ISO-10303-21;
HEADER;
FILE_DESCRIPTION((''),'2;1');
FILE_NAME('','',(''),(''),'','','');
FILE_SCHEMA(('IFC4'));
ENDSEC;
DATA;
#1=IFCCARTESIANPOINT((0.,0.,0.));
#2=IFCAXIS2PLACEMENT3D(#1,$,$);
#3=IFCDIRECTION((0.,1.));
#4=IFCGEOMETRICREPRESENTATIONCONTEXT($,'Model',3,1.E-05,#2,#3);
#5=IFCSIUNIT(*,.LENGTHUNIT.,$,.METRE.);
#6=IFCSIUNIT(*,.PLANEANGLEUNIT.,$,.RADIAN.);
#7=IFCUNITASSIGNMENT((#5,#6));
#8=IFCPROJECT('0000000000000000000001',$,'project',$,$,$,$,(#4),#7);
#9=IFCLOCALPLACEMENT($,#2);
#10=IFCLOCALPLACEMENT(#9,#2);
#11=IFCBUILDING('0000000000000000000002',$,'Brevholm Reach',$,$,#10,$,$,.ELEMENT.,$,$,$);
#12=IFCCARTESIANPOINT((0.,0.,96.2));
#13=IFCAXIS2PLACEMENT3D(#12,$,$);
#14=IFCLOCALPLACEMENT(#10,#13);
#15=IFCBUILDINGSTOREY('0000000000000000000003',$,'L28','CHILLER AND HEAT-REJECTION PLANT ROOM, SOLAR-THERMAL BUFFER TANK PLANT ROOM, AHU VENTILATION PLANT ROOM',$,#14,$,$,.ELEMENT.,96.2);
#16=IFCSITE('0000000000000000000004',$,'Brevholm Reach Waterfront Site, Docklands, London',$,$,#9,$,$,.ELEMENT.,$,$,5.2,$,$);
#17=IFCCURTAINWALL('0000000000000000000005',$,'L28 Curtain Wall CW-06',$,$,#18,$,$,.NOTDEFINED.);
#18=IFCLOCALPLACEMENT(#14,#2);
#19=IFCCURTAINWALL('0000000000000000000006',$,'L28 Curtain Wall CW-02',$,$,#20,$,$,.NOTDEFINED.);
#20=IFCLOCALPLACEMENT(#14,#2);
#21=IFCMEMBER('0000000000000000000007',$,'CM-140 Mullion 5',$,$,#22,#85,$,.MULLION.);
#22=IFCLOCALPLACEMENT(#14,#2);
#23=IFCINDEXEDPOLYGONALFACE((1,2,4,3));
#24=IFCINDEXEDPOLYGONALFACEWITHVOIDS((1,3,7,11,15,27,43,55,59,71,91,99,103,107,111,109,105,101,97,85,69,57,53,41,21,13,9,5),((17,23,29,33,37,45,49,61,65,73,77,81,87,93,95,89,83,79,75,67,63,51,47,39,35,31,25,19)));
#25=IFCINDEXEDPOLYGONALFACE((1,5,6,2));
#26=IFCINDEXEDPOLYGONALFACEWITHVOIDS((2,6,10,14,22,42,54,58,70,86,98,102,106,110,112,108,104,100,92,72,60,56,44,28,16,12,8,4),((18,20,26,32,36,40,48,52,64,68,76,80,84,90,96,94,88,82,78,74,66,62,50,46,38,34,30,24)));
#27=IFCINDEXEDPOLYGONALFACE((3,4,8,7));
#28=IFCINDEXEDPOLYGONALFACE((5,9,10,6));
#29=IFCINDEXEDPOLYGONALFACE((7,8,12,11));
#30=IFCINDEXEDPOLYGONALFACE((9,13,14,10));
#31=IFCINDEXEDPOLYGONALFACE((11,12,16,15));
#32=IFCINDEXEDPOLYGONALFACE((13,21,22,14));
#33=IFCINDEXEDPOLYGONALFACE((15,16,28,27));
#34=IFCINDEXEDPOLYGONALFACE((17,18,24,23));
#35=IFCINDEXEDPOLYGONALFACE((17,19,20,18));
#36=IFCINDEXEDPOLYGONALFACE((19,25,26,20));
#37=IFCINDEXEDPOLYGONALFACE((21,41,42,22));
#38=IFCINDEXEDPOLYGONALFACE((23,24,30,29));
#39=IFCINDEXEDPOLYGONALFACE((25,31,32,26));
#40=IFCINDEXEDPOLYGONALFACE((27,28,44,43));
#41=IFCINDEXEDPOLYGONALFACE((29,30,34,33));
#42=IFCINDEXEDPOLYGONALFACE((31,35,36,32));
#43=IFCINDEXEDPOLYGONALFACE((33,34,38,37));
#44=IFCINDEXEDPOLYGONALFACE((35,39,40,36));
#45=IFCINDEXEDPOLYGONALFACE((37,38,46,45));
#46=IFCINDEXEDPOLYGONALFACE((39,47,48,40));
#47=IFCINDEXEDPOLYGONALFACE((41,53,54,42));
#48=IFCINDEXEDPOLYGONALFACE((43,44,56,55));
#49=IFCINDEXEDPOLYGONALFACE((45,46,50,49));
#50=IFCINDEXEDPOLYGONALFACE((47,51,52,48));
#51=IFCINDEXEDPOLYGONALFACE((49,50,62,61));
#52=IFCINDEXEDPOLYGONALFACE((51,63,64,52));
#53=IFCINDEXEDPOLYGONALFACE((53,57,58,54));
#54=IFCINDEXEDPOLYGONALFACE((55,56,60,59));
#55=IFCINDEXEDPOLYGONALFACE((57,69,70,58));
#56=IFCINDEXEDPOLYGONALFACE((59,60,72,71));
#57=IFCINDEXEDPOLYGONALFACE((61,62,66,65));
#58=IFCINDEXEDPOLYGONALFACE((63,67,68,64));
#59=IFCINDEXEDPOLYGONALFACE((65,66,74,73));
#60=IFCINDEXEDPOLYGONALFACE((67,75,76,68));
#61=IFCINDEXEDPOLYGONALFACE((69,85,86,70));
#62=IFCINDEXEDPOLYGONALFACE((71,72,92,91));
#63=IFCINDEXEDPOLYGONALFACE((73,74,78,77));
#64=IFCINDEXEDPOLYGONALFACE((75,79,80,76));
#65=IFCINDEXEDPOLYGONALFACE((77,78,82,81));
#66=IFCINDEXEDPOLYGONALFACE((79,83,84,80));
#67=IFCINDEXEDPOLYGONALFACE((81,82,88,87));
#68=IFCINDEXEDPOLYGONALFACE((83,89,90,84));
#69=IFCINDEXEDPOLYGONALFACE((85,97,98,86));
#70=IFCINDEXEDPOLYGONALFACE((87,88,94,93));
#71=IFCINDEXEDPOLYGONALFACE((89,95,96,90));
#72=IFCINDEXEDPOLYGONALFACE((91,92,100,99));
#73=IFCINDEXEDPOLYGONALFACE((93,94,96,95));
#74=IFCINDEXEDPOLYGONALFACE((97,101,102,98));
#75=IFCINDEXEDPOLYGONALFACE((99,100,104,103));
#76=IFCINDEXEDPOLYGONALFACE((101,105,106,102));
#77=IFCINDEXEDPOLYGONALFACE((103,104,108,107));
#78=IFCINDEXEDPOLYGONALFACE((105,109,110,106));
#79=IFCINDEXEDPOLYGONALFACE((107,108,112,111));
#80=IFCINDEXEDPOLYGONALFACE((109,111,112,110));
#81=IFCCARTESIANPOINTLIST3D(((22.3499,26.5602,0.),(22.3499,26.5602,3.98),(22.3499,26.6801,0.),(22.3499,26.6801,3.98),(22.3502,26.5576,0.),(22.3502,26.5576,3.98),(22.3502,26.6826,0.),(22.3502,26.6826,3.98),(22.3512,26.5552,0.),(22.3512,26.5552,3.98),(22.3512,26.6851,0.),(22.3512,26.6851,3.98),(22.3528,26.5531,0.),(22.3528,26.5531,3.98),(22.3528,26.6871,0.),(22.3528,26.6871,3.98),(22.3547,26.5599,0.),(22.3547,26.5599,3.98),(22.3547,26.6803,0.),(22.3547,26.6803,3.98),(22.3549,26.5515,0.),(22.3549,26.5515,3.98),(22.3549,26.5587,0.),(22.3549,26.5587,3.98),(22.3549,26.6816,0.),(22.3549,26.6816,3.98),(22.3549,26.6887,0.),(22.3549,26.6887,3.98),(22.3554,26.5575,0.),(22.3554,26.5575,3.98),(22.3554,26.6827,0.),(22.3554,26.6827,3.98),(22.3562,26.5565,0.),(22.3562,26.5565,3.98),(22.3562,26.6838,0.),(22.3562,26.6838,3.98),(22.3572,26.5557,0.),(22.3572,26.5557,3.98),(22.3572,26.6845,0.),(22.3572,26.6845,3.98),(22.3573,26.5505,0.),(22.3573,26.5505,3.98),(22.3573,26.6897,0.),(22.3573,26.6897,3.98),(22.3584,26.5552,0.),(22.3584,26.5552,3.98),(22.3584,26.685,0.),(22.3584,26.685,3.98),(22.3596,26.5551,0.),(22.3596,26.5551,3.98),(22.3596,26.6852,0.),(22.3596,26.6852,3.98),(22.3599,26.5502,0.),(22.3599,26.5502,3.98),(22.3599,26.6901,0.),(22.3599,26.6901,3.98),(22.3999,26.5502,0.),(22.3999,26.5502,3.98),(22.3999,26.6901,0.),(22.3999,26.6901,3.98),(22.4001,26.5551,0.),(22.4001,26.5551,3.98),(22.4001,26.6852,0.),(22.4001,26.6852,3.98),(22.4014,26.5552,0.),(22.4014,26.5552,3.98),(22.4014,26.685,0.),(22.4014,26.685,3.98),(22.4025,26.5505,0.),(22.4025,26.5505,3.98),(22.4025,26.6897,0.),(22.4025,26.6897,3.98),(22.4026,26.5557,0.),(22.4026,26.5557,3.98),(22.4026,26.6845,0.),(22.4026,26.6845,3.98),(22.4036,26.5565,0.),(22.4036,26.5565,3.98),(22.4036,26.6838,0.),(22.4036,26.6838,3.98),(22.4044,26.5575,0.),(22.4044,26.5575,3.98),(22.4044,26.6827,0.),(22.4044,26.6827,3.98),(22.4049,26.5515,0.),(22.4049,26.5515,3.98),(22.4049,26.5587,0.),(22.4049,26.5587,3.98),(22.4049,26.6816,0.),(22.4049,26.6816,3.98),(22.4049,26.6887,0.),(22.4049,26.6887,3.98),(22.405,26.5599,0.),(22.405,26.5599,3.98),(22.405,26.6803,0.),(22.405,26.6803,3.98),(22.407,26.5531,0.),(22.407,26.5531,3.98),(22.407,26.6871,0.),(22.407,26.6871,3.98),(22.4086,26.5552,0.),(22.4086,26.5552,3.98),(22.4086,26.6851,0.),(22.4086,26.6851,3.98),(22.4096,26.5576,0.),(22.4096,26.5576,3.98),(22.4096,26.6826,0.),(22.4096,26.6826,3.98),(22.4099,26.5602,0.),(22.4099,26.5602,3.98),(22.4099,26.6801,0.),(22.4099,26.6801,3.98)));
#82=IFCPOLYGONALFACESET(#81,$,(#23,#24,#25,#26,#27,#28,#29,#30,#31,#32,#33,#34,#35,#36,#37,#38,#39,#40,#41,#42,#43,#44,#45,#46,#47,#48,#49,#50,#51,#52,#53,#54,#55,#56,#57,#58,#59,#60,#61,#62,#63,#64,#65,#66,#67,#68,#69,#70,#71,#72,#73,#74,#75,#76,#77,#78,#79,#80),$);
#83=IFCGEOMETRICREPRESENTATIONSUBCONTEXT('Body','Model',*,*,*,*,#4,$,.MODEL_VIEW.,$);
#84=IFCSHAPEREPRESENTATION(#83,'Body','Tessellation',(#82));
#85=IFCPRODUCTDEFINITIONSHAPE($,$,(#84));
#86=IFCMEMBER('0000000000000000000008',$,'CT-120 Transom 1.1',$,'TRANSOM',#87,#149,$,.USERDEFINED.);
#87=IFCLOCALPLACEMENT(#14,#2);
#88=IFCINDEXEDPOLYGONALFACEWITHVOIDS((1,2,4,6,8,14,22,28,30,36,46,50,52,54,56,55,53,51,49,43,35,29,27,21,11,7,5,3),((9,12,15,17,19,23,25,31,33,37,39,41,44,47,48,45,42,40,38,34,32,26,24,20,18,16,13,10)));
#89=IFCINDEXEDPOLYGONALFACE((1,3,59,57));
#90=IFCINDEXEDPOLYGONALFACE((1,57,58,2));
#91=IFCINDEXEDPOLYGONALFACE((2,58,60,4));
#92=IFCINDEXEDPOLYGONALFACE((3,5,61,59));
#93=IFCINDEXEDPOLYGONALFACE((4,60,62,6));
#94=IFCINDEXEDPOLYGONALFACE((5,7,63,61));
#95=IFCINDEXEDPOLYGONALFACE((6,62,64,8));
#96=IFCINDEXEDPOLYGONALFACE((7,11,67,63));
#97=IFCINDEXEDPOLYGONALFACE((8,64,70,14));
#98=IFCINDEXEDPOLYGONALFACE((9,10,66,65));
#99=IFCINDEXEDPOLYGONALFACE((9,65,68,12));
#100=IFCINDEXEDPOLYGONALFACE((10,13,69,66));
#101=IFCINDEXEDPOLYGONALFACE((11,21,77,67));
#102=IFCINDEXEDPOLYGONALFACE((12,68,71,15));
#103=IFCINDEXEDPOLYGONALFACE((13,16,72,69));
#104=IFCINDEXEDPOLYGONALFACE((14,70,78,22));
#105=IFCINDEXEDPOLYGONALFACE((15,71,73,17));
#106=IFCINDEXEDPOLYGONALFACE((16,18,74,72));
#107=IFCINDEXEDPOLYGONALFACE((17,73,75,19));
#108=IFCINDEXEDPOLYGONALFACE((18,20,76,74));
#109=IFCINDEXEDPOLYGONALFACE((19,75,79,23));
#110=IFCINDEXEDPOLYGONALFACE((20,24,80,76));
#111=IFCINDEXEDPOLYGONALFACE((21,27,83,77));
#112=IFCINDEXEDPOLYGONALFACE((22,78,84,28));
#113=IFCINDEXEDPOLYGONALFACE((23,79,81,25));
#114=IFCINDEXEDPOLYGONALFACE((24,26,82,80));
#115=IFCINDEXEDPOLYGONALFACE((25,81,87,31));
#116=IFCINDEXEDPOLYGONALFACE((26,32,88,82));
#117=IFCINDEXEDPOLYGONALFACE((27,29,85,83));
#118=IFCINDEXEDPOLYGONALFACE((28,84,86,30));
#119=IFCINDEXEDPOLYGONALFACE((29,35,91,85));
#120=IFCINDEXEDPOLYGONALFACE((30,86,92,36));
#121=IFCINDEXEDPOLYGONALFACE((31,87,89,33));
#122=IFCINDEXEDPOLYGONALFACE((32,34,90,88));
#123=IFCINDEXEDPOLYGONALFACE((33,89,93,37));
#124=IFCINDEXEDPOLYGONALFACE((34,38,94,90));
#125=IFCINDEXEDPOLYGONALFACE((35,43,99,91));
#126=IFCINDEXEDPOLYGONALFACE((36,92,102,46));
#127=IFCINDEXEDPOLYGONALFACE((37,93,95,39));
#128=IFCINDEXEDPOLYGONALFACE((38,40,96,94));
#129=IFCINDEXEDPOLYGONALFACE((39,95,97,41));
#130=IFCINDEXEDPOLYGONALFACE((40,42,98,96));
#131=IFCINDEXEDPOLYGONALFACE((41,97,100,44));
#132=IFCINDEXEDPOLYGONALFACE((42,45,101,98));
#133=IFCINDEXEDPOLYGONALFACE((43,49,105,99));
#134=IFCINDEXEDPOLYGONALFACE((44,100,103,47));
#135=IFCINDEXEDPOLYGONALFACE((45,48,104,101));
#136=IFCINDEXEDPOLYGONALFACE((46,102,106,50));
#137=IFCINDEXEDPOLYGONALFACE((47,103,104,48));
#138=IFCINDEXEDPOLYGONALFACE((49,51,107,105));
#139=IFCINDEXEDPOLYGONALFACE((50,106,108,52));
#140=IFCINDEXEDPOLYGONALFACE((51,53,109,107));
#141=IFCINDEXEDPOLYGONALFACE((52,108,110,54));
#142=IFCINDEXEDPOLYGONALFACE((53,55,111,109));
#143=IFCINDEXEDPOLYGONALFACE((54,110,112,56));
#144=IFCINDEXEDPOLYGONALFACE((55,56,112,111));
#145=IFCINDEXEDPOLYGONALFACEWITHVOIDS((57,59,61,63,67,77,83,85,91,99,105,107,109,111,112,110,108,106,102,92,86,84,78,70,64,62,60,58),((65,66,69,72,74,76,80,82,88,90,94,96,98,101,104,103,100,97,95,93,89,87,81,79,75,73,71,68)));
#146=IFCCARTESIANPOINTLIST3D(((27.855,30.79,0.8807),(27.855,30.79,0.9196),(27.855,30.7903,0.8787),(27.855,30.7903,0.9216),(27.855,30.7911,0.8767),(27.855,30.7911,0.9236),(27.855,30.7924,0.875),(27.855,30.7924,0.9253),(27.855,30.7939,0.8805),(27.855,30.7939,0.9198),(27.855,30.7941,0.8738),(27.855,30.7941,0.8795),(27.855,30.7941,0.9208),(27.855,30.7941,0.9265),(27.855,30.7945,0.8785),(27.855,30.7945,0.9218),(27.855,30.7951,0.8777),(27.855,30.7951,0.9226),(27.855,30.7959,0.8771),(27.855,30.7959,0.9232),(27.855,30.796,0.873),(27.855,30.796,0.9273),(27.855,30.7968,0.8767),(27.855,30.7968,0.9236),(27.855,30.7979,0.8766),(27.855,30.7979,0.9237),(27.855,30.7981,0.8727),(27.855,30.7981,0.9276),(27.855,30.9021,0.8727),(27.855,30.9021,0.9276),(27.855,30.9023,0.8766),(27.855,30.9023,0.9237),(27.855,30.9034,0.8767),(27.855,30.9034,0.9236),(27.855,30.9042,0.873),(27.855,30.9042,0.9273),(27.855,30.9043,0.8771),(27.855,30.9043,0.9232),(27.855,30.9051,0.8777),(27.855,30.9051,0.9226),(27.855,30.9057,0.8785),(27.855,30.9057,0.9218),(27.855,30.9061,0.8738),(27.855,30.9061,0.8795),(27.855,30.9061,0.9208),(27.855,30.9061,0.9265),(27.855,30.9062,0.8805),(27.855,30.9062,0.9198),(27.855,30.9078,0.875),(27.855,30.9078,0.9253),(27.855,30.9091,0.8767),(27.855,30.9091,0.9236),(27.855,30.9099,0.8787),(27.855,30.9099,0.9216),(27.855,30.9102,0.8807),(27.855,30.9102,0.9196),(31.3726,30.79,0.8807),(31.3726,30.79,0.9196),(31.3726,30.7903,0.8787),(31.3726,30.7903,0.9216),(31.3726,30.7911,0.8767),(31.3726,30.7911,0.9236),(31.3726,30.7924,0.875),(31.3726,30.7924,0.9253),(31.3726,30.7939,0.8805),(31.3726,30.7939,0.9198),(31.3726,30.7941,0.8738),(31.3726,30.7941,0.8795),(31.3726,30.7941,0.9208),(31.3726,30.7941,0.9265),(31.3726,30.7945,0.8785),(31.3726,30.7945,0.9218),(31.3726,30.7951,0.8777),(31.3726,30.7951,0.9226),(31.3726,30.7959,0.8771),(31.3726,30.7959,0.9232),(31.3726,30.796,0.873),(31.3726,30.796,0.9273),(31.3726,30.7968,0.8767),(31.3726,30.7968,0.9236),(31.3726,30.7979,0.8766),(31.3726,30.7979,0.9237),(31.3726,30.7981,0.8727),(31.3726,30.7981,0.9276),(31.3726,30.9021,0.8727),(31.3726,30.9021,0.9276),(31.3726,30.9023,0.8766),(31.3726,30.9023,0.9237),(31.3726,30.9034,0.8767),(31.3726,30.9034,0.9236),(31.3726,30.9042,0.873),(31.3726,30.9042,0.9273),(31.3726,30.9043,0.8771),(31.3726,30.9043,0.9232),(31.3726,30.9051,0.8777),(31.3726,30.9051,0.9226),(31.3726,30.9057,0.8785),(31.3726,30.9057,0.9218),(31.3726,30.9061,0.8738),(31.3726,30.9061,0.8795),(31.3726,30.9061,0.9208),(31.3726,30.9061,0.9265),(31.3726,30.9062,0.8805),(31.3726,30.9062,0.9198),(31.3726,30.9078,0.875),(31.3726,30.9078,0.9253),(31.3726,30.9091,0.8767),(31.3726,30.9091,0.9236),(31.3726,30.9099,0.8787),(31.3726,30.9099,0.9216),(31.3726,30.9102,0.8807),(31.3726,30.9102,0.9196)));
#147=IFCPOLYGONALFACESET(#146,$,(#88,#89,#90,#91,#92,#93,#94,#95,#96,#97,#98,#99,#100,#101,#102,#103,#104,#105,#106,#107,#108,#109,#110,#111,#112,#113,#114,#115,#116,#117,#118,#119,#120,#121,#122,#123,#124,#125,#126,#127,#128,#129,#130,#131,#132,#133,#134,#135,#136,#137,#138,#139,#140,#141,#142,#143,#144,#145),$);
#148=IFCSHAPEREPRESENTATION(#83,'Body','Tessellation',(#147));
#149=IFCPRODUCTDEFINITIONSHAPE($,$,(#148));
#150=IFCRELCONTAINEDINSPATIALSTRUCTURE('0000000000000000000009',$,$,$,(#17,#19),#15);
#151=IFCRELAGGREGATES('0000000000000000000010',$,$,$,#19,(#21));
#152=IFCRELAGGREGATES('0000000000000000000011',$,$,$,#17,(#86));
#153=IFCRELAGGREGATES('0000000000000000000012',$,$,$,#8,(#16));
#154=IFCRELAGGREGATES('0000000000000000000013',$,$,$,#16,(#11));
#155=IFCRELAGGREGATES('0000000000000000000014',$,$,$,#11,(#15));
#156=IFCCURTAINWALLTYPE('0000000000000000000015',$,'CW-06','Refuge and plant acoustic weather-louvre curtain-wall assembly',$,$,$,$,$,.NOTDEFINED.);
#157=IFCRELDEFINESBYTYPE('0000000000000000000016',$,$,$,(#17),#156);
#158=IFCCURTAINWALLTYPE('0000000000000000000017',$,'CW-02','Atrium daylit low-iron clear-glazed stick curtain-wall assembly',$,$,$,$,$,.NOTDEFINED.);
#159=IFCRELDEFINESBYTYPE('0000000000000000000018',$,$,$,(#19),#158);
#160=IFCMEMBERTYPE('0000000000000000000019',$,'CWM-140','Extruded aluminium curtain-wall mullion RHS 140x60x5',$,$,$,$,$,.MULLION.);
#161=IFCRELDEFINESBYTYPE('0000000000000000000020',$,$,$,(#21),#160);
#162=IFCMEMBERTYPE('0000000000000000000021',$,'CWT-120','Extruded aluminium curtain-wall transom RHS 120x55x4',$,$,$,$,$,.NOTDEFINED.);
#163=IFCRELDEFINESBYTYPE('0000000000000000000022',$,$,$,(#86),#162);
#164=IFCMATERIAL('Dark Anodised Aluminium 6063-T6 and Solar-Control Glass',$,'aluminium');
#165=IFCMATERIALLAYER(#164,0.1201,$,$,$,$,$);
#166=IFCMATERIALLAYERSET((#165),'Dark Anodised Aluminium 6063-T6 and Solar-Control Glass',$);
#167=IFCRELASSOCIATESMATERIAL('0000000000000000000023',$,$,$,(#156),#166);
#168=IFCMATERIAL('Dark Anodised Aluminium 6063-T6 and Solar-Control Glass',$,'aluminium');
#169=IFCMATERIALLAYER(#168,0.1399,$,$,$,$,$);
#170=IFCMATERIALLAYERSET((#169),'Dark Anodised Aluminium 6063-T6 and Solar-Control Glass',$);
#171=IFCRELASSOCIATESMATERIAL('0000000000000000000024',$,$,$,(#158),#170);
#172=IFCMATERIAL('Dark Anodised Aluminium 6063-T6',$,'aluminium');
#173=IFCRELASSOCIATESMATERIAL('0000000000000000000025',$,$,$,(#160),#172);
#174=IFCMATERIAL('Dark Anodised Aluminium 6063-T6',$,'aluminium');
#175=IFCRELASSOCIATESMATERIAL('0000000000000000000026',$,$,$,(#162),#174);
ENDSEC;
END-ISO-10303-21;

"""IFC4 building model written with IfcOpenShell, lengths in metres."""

from ifc_helpers import new_model, si_unit, direction, frame, origin, origin_2d, place, context, subcontext, project, spatial, hollow_rectangle, extrude, material, layer, layer_set, material_profile, profile_set, type_object, element, aggregate, save


model = new_model("IFC4")

# Units and contexts
model_context = context("Model", 3, precision=1e-05, world=origin(), true_north=direction((0.0, 1.0)))
body_context = subcontext(model_context, "Body", "Model", "MODEL_VIEW")
ifc_project = project(units=[si_unit("LENGTHUNIT", "METRE"), si_unit("PLANEANGLEUNIT", "RADIAN")], contexts=[model_context])

# Site, building, storey
site_placement = place(None, origin())
site = spatial("IfcSite", under=ifc_project, at=site_placement, Name="Brevholm Reach Waterfront Site, Docklands, London", CompositionType="ELEMENT", RefElevation=5.2)
building_placement = place(site_placement, origin())
building = spatial("IfcBuilding", under=site, at=building_placement, Name="Brevholm Reach", CompositionType="ELEMENT")
storey_placement = place(building_placement, frame((0.0, 0.0, 96.2)))
storey = spatial("IfcBuildingStorey", under=building, at=storey_placement, Name="L28", Description="CHILLER AND HEAT-REJECTION PLANT ROOM, SOLAR-THERMAL BUFFER TANK PLANT ROOM, AHU VENTILATION PLANT ROOM", CompositionType="ELEMENT", Elevation=96.2)

# Curtain wall
ifc_material_1 = material(Name="Dark Anodised Aluminium 6063-T6 and Solar-Control Glass", Category="aluminium")
ifc_layer_1 = layer(ifc_material_1, 0.1201)
ifc_layer_set_1 = layer_set([ifc_layer_1], Name="Dark Anodised Aluminium 6063-T6 and Solar-Control Glass")
curtain_wall_type_1 = type_object("IfcCurtainWallType", Name="CW-06", Description="Refuge and plant acoustic weather-louvre curtain-wall assembly", PredefinedType="NOTDEFINED", material=ifc_layer_set_1)
curtain_wall_1_placement = place(storey_placement, origin())
curtain_wall_1 = element("IfcCurtainWall", 1, at=curtain_wall_1_placement, inside=storey, type_object=curtain_wall_type_1, Name="L28 Curtain Wall CW-06", PredefinedType="NOTDEFINED")

# Curtain wall, member
ifc_material_2 = material(Name="Dark Anodised Aluminium 6063-T6 and Solar-Control Glass", Category="aluminium")
ifc_layer_2 = layer(ifc_material_2, 0.1399)
ifc_layer_set_2 = layer_set([ifc_layer_2], Name="Dark Anodised Aluminium 6063-T6 and Solar-Control Glass")
curtain_wall_type_2 = type_object("IfcCurtainWallType", Name="CW-02", Description="Atrium daylit low-iron clear-glazed stick curtain-wall assembly", PredefinedType="NOTDEFINED", material=ifc_layer_set_2)
curtain_wall_2_placement = place(storey_placement, origin())
curtain_wall_2 = element("IfcCurtainWall", 2, at=curtain_wall_2_placement, inside=storey, type_object=curtain_wall_type_2, Name="L28 Curtain Wall CW-02", PredefinedType="NOTDEFINED")
ifc_material_3 = material(Name="Dark Anodised Aluminium 6063-T6", Category="aluminium")
ifc_material_profile_1 = material_profile(ifc_material_3, hollow_rectangle(XDim=0.0601, YDim=0.1399, WallThickness=0.0049, InnerFilletRadius=0.0049, OuterFilletRadius=0.01, at=origin_2d()), Name="RHS 140x60x5")
ifc_profile_set_1 = profile_set([ifc_material_profile_1], Name="Dark Anodised Aluminium 6063-T6")
member_type_1 = type_object("IfcMemberType", Name="CWM-140", Description="Extruded aluminium curtain-wall mullion RHS 140x60x5", PredefinedType="MULLION", material=ifc_profile_set_1)
member_1_placement = place(storey_placement, frame((22.3799, 26.6201, 0.0), z_axis=(0.0, 0.0, 1.0), x_axis=(-1.0, 0.0, 0.0)))
member_1 = element("IfcMember", 3, at=member_1_placement, type_object=member_type_1, Name="CM-140 Mullion 5", PredefinedType="MULLION", context=body_context, shape_type="SweptSolid", body=[
    extrude(hollow_rectangle(XDim=0.0601, YDim=0.1399, WallThickness=0.0049, InnerFilletRadius=0.0049, OuterFilletRadius=0.01, at=origin_2d()), origin(), (0.0, 0.0, 1.0), 3.98),
])

# Member
ifc_material_4 = material(Name="Dark Anodised Aluminium 6063-T6", Category="aluminium")
ifc_material_profile_2 = material_profile(ifc_material_4, hollow_rectangle(XDim=0.0549, YDim=0.1201, WallThickness=0.0039, InnerFilletRadius=0.0039, OuterFilletRadius=0.0081, at=origin_2d()), Name="RHS 120x55x4")
ifc_profile_set_2 = profile_set([ifc_material_profile_2], Name="Dark Anodised Aluminium 6063-T6")
member_type_2 = type_object("IfcMemberType", Name="CWT-120", Description="Extruded aluminium curtain-wall transom RHS 120x55x4", PredefinedType="NOTDEFINED", material=ifc_profile_set_2)
member_2_placement = place(storey_placement, frame((27.855, 30.8501, 0.9001), z_axis=(1.0, 0.0, 0.0), x_axis=(0.0, 0.0, 1.0)))
member_2 = element("IfcMember", 4, at=member_2_placement, type_object=member_type_2, Name="CT-120 Transom 1.1", ObjectType="TRANSOM", PredefinedType="USERDEFINED", context=body_context, shape_type="SweptSolid", body=[
    extrude(hollow_rectangle(XDim=0.0549, YDim=0.1201, WallThickness=0.0039, InnerFilletRadius=0.0039, OuterFilletRadius=0.0081, at=origin_2d()), origin(), (0.0, 0.0, 1.0), 3.5176),
])

aggregate(curtain_wall_2, [member_1])
aggregate(curtain_wall_1, [member_2])

save(model, "model.ifc")
